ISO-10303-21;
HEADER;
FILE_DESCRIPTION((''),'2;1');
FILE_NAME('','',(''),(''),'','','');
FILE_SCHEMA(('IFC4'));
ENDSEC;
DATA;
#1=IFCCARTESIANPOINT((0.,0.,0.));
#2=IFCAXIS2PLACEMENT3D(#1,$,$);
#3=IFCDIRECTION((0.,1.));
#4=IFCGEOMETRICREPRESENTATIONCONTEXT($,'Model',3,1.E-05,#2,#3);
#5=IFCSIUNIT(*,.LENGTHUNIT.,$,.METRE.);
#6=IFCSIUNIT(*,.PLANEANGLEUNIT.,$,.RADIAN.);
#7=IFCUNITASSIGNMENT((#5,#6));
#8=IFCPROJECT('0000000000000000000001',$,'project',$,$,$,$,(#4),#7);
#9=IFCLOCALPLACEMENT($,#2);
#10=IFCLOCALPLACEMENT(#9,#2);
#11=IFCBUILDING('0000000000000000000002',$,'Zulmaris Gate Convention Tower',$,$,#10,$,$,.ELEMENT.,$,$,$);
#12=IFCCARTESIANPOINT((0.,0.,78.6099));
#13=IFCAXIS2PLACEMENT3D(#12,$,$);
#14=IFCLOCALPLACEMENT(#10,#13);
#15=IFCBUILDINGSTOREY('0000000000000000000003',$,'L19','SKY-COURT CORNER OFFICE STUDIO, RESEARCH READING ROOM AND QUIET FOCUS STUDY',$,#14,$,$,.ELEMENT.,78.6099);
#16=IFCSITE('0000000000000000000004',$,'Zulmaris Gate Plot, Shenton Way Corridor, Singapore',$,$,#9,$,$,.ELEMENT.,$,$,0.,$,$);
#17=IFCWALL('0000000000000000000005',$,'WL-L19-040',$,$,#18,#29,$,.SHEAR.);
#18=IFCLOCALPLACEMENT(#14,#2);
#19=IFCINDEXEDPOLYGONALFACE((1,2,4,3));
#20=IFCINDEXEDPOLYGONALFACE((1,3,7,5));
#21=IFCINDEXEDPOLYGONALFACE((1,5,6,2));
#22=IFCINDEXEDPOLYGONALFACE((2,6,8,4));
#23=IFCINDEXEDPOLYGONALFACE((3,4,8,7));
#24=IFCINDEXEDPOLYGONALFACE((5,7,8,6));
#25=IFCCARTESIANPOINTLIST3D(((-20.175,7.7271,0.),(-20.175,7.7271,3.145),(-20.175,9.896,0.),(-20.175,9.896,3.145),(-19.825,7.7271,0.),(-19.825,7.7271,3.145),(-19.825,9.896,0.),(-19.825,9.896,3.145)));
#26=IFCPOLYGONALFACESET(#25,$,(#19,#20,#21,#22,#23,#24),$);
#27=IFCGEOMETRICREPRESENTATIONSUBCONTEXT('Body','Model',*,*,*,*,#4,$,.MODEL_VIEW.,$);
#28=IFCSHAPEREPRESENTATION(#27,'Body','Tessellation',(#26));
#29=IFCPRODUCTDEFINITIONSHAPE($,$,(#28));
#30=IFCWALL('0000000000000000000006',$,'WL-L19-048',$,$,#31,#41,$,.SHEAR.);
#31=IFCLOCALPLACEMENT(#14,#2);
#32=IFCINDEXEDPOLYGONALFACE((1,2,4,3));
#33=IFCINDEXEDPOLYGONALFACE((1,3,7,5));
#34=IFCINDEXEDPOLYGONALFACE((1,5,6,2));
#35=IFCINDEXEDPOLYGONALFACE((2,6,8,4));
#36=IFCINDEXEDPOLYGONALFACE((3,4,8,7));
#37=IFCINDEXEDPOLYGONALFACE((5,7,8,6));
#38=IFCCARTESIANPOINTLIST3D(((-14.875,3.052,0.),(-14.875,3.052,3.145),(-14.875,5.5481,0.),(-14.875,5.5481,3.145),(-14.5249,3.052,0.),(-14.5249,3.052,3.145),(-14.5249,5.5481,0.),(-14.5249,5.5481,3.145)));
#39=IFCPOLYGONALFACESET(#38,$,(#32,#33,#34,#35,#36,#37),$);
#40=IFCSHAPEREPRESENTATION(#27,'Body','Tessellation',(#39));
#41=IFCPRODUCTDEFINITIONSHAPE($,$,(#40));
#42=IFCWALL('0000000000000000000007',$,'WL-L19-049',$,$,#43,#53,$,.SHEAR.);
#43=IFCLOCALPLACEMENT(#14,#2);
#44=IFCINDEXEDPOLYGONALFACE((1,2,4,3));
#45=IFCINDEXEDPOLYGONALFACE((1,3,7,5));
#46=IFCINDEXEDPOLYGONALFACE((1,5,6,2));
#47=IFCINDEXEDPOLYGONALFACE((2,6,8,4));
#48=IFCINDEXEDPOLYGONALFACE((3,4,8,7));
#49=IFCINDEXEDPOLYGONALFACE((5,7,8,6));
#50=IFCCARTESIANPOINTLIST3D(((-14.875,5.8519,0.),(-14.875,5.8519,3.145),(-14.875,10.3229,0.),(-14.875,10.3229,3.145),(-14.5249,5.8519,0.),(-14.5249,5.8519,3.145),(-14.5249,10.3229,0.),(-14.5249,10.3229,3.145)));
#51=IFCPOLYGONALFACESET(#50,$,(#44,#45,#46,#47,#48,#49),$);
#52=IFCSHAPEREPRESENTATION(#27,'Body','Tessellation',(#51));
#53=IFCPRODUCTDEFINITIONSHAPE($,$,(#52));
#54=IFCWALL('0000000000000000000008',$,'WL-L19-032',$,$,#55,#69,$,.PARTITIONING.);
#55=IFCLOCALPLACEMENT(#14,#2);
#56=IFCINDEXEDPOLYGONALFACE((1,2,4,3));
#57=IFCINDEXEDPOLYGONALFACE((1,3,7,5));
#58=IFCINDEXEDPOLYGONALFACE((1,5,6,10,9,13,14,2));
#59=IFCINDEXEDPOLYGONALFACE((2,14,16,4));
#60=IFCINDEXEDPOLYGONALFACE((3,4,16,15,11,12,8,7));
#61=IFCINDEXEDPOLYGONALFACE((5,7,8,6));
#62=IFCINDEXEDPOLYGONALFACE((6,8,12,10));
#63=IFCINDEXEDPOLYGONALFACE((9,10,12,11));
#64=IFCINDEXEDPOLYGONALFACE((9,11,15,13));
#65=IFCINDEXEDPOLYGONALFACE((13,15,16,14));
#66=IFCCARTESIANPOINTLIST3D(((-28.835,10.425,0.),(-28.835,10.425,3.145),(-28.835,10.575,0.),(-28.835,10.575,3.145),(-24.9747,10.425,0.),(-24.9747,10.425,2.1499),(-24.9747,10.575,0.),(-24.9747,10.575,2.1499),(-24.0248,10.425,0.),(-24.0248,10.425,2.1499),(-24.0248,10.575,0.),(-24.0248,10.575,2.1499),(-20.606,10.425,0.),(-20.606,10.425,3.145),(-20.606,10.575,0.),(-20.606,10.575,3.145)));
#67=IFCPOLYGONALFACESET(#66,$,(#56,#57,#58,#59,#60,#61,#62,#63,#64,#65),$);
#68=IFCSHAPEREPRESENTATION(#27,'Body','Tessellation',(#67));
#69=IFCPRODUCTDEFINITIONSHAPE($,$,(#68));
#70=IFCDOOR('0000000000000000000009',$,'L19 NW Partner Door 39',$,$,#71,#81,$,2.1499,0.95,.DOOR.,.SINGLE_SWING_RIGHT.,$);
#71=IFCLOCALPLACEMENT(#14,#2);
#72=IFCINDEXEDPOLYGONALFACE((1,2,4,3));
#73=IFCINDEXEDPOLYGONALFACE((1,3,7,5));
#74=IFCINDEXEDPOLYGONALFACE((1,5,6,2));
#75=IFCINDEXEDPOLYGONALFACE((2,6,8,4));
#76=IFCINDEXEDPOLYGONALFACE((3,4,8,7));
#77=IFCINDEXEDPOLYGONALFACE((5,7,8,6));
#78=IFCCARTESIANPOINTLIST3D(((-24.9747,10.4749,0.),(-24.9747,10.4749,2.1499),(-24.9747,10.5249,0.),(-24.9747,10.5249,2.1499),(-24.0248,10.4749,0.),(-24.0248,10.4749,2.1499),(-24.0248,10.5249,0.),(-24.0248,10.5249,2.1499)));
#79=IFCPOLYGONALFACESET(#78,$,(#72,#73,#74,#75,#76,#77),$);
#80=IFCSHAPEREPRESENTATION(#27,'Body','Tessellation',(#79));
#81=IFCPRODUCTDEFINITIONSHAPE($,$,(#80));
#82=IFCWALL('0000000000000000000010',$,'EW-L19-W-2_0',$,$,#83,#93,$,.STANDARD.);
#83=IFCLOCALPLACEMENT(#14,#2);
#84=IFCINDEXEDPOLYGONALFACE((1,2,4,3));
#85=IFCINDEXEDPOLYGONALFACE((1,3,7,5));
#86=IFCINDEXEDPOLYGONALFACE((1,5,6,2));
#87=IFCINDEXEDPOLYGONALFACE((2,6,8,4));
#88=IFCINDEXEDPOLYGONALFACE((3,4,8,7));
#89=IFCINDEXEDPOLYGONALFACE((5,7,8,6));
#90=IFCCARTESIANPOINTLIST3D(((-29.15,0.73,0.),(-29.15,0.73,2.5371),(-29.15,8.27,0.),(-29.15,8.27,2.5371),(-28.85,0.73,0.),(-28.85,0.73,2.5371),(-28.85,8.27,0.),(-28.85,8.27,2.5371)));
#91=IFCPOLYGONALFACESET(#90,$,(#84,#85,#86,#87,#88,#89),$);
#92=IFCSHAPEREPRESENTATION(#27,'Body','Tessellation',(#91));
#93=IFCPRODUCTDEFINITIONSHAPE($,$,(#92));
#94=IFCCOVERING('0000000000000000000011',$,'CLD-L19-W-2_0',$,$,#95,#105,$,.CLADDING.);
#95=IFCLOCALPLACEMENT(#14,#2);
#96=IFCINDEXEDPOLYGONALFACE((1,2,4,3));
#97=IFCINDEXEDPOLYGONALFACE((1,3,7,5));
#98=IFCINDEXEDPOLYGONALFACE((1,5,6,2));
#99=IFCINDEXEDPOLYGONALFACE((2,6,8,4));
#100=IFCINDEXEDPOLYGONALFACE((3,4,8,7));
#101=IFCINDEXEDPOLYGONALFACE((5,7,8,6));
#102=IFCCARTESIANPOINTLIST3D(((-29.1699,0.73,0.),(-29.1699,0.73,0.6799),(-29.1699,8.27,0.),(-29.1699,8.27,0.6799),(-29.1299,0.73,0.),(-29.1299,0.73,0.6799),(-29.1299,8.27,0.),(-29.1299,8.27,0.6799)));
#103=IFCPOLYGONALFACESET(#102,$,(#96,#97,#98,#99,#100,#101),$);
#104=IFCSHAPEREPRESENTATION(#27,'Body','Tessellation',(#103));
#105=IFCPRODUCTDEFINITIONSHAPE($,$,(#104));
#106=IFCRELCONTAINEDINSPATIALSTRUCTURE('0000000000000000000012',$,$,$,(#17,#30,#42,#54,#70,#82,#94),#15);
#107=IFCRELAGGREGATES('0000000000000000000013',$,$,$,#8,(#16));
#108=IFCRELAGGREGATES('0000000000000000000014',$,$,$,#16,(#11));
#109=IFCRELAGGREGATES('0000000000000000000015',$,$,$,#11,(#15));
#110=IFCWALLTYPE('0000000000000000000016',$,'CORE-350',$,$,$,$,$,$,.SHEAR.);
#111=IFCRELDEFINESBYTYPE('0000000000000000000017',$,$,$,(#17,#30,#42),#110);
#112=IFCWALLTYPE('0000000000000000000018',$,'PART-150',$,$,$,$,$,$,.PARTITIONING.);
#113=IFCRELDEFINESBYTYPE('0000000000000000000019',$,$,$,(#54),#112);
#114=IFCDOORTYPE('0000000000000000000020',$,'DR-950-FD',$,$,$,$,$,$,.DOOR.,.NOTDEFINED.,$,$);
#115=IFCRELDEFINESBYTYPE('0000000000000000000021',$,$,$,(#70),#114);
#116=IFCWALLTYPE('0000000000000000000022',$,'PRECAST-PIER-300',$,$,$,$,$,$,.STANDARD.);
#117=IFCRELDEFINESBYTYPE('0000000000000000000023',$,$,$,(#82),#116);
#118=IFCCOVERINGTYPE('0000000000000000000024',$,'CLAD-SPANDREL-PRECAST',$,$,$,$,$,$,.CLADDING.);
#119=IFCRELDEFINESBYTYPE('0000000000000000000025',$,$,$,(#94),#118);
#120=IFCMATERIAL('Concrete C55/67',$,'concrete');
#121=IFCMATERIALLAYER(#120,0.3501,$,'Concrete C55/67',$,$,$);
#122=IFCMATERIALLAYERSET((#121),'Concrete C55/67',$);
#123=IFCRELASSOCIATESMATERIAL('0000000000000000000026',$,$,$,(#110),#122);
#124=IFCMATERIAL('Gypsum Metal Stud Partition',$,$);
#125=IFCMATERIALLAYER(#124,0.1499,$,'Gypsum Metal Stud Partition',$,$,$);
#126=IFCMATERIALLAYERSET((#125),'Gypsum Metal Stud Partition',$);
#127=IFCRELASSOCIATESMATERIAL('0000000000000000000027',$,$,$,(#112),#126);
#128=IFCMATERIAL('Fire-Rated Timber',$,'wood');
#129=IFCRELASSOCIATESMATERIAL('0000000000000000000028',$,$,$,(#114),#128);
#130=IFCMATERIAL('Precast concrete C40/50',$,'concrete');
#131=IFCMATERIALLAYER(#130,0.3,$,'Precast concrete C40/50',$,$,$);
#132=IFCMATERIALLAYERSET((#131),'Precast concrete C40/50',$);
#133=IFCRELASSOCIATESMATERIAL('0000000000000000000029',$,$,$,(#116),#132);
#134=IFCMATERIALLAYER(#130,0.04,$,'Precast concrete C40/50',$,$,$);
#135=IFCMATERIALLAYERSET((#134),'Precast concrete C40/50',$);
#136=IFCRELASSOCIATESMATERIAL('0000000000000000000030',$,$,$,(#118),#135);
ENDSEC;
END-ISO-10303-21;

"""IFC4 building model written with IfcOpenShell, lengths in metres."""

from ifc_helpers import new_model, si_unit, direction, frame, frame_2d, origin, place, context, subcontext, project, spatial, rectangle, extrude, material, layer, layer_set, type_object, element, fill, save


model = new_model("IFC4")

# Units and contexts
model_context = context("Model", 3, precision=1e-05, world=origin(), true_north=direction((0.0, 1.0)))
body_context = subcontext(model_context, "Body", "Model", "MODEL_VIEW")
ifc_project = project(units=[si_unit("LENGTHUNIT", "METRE"), si_unit("PLANEANGLEUNIT", "RADIAN")], contexts=[model_context])

# Site, building, storey
site_placement = place(None, origin())
site = spatial("IfcSite", under=ifc_project, at=site_placement, Name="Zulmaris Gate Plot, Shenton Way Corridor, Singapore", CompositionType="ELEMENT", RefElevation=0.0)
building_placement = place(site_placement, origin())
building = spatial("IfcBuilding", under=site, at=building_placement, Name="Zulmaris Gate Convention Tower", CompositionType="ELEMENT")
storey_placement = place(building_placement, frame((0.0, 0.0, 78.6099)))
storey = spatial("IfcBuildingStorey", under=building, at=storey_placement, Name="L19", Description="SKY-COURT CORNER OFFICE STUDIO, RESEARCH READING ROOM AND QUIET FOCUS STUDY", CompositionType="ELEMENT", Elevation=78.6099)

# Walls
ifc_material_1 = material(Name="Concrete C55/67", Category="concrete")
ifc_layer_1 = layer(ifc_material_1, 0.3501, Name="Concrete C55/67")
ifc_layer_set_1 = layer_set([ifc_layer_1], Name="Concrete C55/67")
wall_type_1 = type_object("IfcWallType", Name="CORE-350", PredefinedType="SHEAR", material=ifc_layer_set_1)
wall_1_placement = place(storey_placement, frame((-20.0, 7.7271, 0.0), z_axis=(0.0, 0.0, 1.0), x_axis=(0.0, 1.0, 0.0)))
element("IfcWall", 1, at=wall_1_placement, inside=storey, type_object=wall_type_1, Name="WL-L19-040", PredefinedType="SHEAR", context=body_context, shape_type="SweptSolid", body=[
    extrude(rectangle(XDim=2.1689, YDim=0.3501, at=frame_2d((1.0845, 0.0))), origin(), (0.0, 0.0, 1.0), 3.145),
])
wall_2_placement = place(storey_placement, frame((-14.7, 3.052, 0.0), z_axis=(0.0, 0.0, 1.0), x_axis=(0.0, 1.0, 0.0)))
element("IfcWall", 2, at=wall_2_placement, inside=storey, type_object=wall_type_1, Name="WL-L19-048", PredefinedType="SHEAR", context=body_context, shape_type="SweptSolid", body=[
    extrude(rectangle(XDim=2.4961, YDim=0.3501, at=frame_2d((1.248, 0.0))), origin(), (0.0, 0.0, 1.0), 3.145),
])
wall_3_placement = place(storey_placement, frame((-14.7, 5.8521, 0.0), z_axis=(0.0, 0.0, 1.0), x_axis=(0.0, 1.0, 0.0)))
element("IfcWall", 3, at=wall_3_placement, inside=storey, type_object=wall_type_1, Name="WL-L19-049", PredefinedType="SHEAR", context=body_context, shape_type="SweptSolid", body=[
    extrude(rectangle(XDim=4.4709, YDim=0.3501, at=frame_2d((2.2354, 0.0))), origin(), (0.0, 0.0, 1.0), 3.145),
])

# Wall, opening, door
ifc_material_2 = material(Name="Gypsum Metal Stud Partition")
ifc_layer_2 = layer(ifc_material_2, 0.1499, Name="Gypsum Metal Stud Partition")
ifc_layer_set_2 = layer_set([ifc_layer_2], Name="Gypsum Metal Stud Partition")
wall_type_2 = type_object("IfcWallType", Name="PART-150", PredefinedType="PARTITIONING", material=ifc_layer_set_2)
wall_4_placement = place(storey_placement, frame((-28.835, 10.5, 0.0), z_axis=(0.0, 0.0, 1.0), x_axis=(1.0, 0.0, 0.0)))
wall_4 = element("IfcWall", 4, at=wall_4_placement, inside=storey, type_object=wall_type_2, Name="WL-L19-032", PredefinedType="PARTITIONING", context=body_context, shape_type="SweptSolid", body=[
    extrude(rectangle(XDim=8.229, YDim=0.1499, at=frame_2d((4.1145, 0.0))), origin(), (0.0, 0.0, 1.0), 3.145),
])
opening_1_placement = place(wall_4_placement, frame((3.8601, 0.0, 0.0)))
opening_1 = element("IfcOpeningElement", 5, at=opening_1_placement, cuts=wall_4, PredefinedType="OPENING", context=body_context, shape_type="SweptSolid", body=[
    extrude(rectangle(XDim=0.95, YDim=2.1499, at=frame_2d((0.4751, 1.075))), frame((0.0, 0.085, 0.0), z_axis=(0.0, -1.0, 0.0), x_axis=(1.0, 0.0, 0.0)), (0.0, 0.0, 1.0), 0.1699),
])
ifc_material_3 = material(Name="Fire-Rated Timber", Category="wood")
door_type_1 = type_object("IfcDoorType", Name="DR-950-FD", OperationType="NOTDEFINED", PredefinedType="DOOR", material=ifc_material_3)
door_1_placement = place(opening_1_placement, origin())
door_1 = element("IfcDoor", 6, at=door_1_placement, inside=storey, type_object=door_type_1, Name="L19 NW Partner Door 39", OperationType="SINGLE_SWING_RIGHT", OverallHeight=2.1499, OverallWidth=0.95, PredefinedType="DOOR", context=body_context, shape_type="SweptSolid", body=[
    extrude(rectangle(XDim=0.95, YDim=2.1499, at=frame_2d((0.4751, 1.075))), frame((0.0, 0.0249, 0.0), z_axis=(0.0, -1.0, 0.0), x_axis=(1.0, 0.0, 0.0)), (0.0, 0.0, 1.0), 0.05),
])
fill(opening_1, door_1)

# Wall
ifc_material_4 = material(Name="Precast concrete C40/50", Category="concrete")
ifc_layer_3 = layer(ifc_material_4, 0.3, Name="Precast concrete C40/50")
ifc_layer_set_3 = layer_set([ifc_layer_3], Name="Precast concrete C40/50")
wall_type_3 = type_object("IfcWallType", Name="PRECAST-PIER-300", PredefinedType="STANDARD", material=ifc_layer_set_3)
wall_5_placement = place(storey_placement, frame((-29.0, 8.27, 0.0), z_axis=(0.0, 0.0, 1.0), x_axis=(0.0, -1.0, 0.0)))
element("IfcWall", 7, at=wall_5_placement, inside=storey, type_object=wall_type_3, Name="EW-L19-W-2_0", PredefinedType="STANDARD", context=body_context, shape_type="SweptSolid", body=[
    extrude(rectangle(XDim=7.54, YDim=0.3, at=frame_2d((3.77, 0.0))), origin(), (0.0, 0.0, 1.0), 2.5371),
])

# Covering
ifc_layer_4 = layer(ifc_material_4, 0.04, Name="Precast concrete C40/50")
ifc_layer_set_4 = layer_set([ifc_layer_4], Name="Precast concrete C40/50")
covering_type = type_object("IfcCoveringType", Name="CLAD-SPANDREL-PRECAST", PredefinedType="CLADDING", material=ifc_layer_set_4)
covering_placement = place(storey_placement, frame((-29.1499, 8.27, 0.0), z_axis=(0.0, 0.0, 1.0), x_axis=(0.0, -1.0, 0.0)))
element("IfcCovering", 8, at=covering_placement, inside=storey, type_object=covering_type, Name="CLD-L19-W-2_0", PredefinedType="CLADDING", context=body_context, shape_type="SweptSolid", body=[
    extrude(rectangle(XDim=7.54, YDim=0.04, at=frame_2d((3.77, 0.0))), origin(), (0.0, 0.0, 1.0), 0.6799),
])

save(model, "model.ifc")
